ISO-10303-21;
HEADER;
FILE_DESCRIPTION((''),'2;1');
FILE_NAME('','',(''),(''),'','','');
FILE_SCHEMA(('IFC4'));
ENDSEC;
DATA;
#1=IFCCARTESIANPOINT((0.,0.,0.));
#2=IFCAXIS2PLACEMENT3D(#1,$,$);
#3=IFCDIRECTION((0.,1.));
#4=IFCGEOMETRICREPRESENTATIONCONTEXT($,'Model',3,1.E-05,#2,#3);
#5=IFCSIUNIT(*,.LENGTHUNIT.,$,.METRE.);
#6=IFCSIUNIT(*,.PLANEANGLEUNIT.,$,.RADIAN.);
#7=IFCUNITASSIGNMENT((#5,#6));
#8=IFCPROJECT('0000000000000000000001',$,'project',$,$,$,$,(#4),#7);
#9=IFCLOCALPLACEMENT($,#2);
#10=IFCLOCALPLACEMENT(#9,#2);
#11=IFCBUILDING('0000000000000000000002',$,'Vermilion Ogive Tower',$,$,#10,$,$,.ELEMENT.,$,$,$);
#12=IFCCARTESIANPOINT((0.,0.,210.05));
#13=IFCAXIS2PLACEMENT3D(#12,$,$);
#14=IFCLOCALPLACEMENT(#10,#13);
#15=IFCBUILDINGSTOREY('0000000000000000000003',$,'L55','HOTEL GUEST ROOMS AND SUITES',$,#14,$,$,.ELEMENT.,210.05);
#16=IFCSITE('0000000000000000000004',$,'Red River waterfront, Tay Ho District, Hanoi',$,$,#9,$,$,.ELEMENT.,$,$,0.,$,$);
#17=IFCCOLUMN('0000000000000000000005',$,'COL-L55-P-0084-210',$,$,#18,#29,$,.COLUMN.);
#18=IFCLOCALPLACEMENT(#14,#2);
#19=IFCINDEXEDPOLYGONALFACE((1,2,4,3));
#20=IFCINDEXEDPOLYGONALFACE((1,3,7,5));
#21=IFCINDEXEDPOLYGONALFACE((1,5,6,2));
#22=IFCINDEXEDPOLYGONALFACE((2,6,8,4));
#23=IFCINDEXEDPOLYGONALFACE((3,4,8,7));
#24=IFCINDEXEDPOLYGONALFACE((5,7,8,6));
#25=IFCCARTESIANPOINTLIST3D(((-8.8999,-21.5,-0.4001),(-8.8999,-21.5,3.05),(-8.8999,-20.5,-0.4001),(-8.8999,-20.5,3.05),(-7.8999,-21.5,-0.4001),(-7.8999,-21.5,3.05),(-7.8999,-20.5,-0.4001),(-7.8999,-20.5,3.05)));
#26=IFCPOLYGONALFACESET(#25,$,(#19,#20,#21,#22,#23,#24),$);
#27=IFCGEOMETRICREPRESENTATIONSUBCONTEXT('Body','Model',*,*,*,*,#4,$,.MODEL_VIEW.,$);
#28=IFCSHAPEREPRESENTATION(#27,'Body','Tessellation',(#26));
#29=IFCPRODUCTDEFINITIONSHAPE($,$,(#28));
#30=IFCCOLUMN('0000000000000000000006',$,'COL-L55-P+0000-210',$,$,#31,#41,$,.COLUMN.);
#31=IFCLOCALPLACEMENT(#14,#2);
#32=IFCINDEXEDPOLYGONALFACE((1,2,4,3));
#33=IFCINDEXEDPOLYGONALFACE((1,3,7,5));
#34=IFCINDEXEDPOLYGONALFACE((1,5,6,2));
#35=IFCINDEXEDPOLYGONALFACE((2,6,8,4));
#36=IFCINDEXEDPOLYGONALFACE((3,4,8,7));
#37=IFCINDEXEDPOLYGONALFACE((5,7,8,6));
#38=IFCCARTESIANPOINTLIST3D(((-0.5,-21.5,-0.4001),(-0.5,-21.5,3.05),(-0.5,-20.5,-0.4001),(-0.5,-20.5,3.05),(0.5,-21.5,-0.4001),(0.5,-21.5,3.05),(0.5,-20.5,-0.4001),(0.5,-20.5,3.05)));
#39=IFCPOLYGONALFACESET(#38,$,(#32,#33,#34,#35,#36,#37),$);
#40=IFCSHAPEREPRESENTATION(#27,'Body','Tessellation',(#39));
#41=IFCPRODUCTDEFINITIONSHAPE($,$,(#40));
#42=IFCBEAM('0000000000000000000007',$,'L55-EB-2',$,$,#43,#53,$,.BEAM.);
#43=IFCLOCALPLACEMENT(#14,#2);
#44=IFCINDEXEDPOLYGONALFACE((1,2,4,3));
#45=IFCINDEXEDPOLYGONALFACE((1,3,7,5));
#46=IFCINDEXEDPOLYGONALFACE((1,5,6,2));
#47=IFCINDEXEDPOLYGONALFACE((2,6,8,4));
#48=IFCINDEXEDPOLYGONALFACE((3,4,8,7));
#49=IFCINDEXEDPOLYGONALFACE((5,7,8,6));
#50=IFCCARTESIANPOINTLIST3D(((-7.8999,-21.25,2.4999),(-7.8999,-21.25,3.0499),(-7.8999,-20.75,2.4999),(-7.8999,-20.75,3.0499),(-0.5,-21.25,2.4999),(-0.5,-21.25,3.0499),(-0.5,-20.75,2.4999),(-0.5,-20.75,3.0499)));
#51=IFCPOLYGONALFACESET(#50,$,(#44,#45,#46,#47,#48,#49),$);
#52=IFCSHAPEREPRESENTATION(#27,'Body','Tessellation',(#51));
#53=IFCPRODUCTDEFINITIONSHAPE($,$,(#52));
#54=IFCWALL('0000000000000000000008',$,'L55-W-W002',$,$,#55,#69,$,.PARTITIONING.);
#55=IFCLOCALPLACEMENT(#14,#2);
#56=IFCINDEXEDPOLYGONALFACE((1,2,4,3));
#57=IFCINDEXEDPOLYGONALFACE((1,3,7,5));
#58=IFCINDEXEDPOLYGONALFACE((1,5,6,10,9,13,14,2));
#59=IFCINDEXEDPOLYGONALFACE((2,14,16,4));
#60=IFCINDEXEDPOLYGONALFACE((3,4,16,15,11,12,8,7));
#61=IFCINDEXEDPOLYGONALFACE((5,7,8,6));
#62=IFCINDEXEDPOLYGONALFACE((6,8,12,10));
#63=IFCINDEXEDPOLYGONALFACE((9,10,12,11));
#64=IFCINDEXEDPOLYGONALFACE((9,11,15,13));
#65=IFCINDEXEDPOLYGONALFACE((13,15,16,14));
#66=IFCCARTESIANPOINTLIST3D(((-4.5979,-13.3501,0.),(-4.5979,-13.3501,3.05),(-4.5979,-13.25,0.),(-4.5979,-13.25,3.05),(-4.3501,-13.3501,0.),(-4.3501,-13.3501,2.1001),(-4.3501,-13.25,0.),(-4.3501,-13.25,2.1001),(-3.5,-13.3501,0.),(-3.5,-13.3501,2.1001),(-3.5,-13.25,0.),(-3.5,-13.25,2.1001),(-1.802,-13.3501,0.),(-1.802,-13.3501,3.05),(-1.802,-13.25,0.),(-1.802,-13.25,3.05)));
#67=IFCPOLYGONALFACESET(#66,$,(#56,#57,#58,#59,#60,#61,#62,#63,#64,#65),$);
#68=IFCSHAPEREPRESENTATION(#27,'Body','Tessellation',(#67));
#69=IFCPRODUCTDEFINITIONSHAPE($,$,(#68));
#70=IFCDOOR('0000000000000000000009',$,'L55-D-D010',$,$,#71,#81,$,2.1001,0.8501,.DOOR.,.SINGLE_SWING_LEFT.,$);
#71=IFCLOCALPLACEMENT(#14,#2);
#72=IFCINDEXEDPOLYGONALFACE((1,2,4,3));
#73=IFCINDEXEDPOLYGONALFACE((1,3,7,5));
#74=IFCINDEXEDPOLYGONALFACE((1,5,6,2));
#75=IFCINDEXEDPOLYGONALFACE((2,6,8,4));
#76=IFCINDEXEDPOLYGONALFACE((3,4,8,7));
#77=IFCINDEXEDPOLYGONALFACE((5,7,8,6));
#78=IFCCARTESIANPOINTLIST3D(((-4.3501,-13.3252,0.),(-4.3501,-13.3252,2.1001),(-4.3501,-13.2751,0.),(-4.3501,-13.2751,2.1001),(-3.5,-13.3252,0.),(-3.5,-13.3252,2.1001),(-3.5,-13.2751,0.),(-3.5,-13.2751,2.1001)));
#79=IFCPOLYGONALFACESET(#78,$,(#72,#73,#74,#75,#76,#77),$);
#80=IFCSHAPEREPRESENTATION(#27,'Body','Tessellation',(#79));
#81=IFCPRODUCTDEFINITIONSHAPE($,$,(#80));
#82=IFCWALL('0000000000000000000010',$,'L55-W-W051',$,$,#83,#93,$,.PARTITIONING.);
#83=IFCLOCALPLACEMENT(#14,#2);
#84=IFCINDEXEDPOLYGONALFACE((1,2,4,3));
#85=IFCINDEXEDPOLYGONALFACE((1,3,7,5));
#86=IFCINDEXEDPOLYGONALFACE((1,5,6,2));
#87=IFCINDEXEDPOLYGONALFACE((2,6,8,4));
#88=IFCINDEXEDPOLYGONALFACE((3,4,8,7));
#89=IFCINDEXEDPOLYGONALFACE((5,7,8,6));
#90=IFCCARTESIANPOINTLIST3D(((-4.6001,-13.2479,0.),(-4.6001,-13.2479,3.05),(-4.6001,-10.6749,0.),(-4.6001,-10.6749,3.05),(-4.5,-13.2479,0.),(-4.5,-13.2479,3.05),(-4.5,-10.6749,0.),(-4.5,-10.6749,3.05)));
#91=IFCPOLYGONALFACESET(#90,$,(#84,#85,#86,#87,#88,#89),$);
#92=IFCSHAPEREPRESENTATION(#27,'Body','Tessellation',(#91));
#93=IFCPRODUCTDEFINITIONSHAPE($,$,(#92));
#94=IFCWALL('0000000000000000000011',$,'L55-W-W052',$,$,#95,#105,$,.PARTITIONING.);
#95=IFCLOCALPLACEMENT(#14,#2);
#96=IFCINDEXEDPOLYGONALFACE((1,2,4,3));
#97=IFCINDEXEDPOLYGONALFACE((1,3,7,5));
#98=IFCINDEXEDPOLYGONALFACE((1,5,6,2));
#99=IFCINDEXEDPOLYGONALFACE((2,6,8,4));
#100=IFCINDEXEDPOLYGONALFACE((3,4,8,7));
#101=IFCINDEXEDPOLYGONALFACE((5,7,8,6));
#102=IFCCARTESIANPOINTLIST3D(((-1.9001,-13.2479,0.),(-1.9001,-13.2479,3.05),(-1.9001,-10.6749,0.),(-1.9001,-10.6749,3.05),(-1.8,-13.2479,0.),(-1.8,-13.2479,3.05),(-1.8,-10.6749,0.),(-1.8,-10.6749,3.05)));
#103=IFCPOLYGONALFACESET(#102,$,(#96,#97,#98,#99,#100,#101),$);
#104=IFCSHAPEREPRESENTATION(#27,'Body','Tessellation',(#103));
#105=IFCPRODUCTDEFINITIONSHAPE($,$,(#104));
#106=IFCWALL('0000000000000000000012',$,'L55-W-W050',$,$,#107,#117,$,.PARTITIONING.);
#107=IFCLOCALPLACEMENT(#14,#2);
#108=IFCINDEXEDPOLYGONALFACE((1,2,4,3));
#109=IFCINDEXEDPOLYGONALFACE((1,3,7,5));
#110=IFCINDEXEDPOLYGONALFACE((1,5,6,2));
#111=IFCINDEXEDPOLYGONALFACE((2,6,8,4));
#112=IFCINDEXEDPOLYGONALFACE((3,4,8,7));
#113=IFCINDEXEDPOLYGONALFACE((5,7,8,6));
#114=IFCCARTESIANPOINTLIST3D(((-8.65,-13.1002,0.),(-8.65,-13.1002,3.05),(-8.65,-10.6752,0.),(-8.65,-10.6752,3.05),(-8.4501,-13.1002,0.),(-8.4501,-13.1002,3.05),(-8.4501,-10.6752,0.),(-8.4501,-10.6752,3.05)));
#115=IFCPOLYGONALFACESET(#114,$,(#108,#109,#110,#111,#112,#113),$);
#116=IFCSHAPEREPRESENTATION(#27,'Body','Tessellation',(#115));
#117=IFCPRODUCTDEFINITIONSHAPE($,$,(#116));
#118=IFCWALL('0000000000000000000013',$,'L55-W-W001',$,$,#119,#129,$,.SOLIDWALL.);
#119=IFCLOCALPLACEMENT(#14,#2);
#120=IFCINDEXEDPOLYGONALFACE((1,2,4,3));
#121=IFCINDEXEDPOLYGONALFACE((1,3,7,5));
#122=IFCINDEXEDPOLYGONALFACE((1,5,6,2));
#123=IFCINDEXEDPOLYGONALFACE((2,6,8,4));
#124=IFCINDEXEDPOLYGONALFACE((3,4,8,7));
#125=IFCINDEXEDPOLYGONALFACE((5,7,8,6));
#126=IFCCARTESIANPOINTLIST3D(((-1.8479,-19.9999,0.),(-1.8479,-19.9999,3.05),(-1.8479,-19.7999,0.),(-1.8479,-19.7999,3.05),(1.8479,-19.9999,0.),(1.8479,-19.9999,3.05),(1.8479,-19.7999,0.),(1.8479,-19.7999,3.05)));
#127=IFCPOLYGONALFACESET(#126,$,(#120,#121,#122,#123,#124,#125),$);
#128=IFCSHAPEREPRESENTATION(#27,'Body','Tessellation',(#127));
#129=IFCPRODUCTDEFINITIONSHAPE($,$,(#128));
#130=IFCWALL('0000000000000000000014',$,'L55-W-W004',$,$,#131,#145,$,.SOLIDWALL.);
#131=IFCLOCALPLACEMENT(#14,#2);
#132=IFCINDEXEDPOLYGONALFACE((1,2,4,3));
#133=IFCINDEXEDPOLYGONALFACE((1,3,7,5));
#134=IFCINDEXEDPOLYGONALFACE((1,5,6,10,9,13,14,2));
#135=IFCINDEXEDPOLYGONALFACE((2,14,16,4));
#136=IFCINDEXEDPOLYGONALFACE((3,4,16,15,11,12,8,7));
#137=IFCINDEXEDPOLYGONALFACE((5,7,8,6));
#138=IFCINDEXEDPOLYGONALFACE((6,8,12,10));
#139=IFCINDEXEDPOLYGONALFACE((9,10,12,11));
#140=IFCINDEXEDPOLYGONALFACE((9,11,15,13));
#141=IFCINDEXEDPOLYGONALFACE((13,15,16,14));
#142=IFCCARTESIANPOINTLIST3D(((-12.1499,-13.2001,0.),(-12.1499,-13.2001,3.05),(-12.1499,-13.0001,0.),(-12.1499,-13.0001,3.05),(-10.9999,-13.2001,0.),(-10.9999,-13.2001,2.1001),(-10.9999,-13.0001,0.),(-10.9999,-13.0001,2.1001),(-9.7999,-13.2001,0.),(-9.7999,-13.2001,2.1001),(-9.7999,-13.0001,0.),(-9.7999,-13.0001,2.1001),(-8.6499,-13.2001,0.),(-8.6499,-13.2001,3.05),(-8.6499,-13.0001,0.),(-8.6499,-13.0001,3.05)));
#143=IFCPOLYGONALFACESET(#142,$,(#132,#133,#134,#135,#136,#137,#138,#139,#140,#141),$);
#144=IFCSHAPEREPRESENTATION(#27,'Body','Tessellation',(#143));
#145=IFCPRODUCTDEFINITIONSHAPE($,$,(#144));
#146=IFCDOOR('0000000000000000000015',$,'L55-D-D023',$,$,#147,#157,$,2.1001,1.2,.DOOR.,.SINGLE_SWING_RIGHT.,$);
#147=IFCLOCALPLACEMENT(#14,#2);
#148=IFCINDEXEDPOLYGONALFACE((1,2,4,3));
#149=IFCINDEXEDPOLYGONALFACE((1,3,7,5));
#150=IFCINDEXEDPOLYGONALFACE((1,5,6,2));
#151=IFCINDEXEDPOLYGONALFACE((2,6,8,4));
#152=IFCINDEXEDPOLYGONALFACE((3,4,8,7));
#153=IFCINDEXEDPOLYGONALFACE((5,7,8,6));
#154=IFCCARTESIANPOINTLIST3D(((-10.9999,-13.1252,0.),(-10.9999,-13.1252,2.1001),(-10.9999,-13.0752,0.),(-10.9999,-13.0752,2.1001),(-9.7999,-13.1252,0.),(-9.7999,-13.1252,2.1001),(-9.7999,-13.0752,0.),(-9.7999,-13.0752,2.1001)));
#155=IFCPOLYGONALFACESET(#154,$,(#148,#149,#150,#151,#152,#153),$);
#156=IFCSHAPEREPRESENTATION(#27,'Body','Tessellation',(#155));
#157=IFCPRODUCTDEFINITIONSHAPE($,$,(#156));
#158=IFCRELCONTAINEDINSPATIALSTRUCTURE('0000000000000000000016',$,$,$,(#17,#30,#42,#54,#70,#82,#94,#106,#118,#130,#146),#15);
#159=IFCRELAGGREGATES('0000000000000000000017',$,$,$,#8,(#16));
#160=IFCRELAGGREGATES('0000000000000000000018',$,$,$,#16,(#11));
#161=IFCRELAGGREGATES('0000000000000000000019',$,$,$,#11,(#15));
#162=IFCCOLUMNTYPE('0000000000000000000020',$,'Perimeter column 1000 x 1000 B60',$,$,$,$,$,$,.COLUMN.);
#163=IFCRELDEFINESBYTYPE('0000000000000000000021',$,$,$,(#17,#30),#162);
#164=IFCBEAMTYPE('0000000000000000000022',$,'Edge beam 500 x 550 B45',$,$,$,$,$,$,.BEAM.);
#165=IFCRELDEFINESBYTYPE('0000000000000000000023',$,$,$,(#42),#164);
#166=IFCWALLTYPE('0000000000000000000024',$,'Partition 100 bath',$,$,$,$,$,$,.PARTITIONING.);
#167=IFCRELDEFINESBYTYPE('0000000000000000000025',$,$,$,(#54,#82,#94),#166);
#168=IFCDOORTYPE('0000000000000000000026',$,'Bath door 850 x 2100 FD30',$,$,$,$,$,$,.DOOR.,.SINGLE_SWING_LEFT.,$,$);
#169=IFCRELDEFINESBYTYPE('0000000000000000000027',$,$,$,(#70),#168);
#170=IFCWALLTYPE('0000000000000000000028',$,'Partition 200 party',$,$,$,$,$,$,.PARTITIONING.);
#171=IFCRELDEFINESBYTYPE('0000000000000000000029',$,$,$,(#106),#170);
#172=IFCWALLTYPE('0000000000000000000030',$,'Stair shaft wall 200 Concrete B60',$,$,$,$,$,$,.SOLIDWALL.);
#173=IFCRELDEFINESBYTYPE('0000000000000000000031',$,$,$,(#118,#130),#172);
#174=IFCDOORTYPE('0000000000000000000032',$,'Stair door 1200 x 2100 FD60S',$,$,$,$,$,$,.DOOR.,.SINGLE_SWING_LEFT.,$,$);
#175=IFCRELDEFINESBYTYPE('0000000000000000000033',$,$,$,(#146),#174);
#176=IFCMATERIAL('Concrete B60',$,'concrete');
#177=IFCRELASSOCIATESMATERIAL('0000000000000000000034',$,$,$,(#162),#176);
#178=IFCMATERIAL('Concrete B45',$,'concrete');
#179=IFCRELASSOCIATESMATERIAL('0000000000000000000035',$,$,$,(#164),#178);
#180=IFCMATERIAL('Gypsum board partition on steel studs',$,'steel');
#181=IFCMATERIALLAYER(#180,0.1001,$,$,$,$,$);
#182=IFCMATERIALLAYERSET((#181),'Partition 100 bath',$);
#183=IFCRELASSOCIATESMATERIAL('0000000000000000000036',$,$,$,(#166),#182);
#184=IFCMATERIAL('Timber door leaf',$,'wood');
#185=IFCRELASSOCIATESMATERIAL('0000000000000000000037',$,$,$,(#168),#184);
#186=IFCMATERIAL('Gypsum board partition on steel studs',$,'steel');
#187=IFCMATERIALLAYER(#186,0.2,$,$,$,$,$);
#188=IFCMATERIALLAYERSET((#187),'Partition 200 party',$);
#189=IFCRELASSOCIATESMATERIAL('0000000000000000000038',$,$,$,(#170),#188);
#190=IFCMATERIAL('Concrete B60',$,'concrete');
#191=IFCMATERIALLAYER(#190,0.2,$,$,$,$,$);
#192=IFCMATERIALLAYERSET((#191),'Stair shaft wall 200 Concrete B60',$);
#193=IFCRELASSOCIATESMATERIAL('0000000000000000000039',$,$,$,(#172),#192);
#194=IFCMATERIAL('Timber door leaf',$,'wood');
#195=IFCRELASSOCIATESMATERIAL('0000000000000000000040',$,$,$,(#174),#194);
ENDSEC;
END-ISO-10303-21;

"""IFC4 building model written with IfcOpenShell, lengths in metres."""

from ifc_helpers import new_model, si_unit, direction, frame, frame_2d, origin, origin_2d, place, context, subcontext, project, spatial, rectangle, extrude, material, layer, layer_set, material_profile, profile_set, type_object, element, fill, save


model = new_model("IFC4")

# Units and contexts
model_context = context("Model", 3, precision=1e-05, world=origin(), true_north=direction((0.0, 1.0)))
body_context = subcontext(model_context, "Body", "Model", "MODEL_VIEW")
ifc_project = project(units=[si_unit("LENGTHUNIT", "METRE"), si_unit("PLANEANGLEUNIT", "RADIAN")], contexts=[model_context])

# Site, building, storey
site_placement = place(None, origin())
site = spatial("IfcSite", under=ifc_project, at=site_placement, Name="Red River waterfront, Tay Ho District, Hanoi", CompositionType="ELEMENT", RefElevation=0.0)
building_placement = place(site_placement, origin())
building = spatial("IfcBuilding", under=site, at=building_placement, Name="Vermilion Ogive Tower", CompositionType="ELEMENT")
storey_placement = place(building_placement, frame((0.0, 0.0, 210.05)))
storey = spatial("IfcBuildingStorey", under=building, at=storey_placement, Name="L55", Description="HOTEL GUEST ROOMS AND SUITES", CompositionType="ELEMENT", Elevation=210.05)

# Columns
ifc_material_1 = material(Name="Concrete B60", Category="concrete")
ifc_material_profile_1 = material_profile(ifc_material_1, rectangle(XDim=1.0, YDim=1.0, at=origin_2d()), Name="1000 x 1000")
ifc_profile_set_1 = profile_set([ifc_material_profile_1], Name="Concrete B60")
column_type = type_object("IfcColumnType", Name="Perimeter column 1000 x 1000 B60", PredefinedType="COLUMN", material=ifc_profile_set_1)
for number, where, z_axis, x_axis, name in (
    (1, (-8.3999, -21.0, -0.4001), (0.0, 0.0, 1.0), (1.0, 0.0, 0.0), "COL-L55-P-0084-210"),
    (2, (0.0, -21.0, -0.4001), (0.0, 0.0, 1.0), (1.0, 0.0, 0.0), "COL-L55-P+0000-210"),
):
    element("IfcColumn", number, at=place(storey_placement, frame(where, z_axis=z_axis, x_axis=x_axis)), inside=storey, type_object=column_type, Name=name, PredefinedType="COLUMN", context=body_context, shape_type="SweptSolid", body=[
        extrude(rectangle(XDim=1.0, YDim=1.0, at=origin_2d()), origin(), (0.0, 0.0, 1.0), 3.4502),
    ])

# Beam
ifc_material_2 = material(Name="Concrete B45", Category="concrete")
ifc_material_profile_2 = material_profile(ifc_material_2, rectangle(XDim=0.5, YDim=0.55, at=origin_2d()), Name="500 x 550")
ifc_profile_set_2 = profile_set([ifc_material_profile_2], Name="Concrete B45")
beam_type = type_object("IfcBeamType", Name="Edge beam 500 x 550 B45", PredefinedType="BEAM", material=ifc_profile_set_2)
beam_placement = place(storey_placement, frame((-7.8999, -21.0, 2.7749), z_axis=(1.0, 0.0, 0.0), x_axis=(0.0, 1.0, 0.0)))
element("IfcBeam", 3, at=beam_placement, inside=storey, type_object=beam_type, Name="L55-EB-2", PredefinedType="BEAM", context=body_context, shape_type="SweptSolid", body=[
    extrude(rectangle(XDim=0.5, YDim=0.55, at=origin_2d()), origin(), (0.0, 0.0, 1.0), 7.3999),
])

# Wall, opening, door
ifc_material_3 = material(Name="Gypsum board partition on steel studs", Category="steel")
ifc_layer_1 = layer(ifc_material_3, 0.1001)
ifc_layer_set_1 = layer_set([ifc_layer_1], Name="Partition 100 bath")
wall_type_1 = type_object("IfcWallType", Name="Partition 100 bath", PredefinedType="PARTITIONING", material=ifc_layer_set_1)
wall_1_placement = place(storey_placement, frame((-4.5979, -13.3, 0.0), z_axis=(0.0, 0.0, 1.0), x_axis=(1.0, 0.0, 0.0)))
wall_1 = element("IfcWall", 4, at=wall_1_placement, inside=storey, type_object=wall_type_1, Name="L55-W-W002", PredefinedType="PARTITIONING", context=body_context, shape_type="SweptSolid", body=[
    extrude(rectangle(XDim=2.7959, YDim=0.1001, at=frame_2d((1.3979, 0.0))), origin(), (0.0, 0.0, 1.0), 3.05),
])
opening_1_placement = place(wall_1_placement, frame((0.2478, 0.0, 0.0)))
opening_1 = element("IfcOpeningElement", 5, at=opening_1_placement, cuts=wall_1, PredefinedType="OPENING", context=body_context, shape_type="SweptSolid", body=[
    extrude(rectangle(XDim=0.8501, YDim=2.1001, at=frame_2d((0.425, 1.05))), frame((0.0, 0.0601, 0.0), z_axis=(0.0, -1.0, 0.0), x_axis=(1.0, 0.0, 0.0)), (0.0, 0.0, 1.0), 0.1201),
])
ifc_material_4 = material(Name="Timber door leaf", Category="wood")
door_type_1 = type_object("IfcDoorType", Name="Bath door 850 x 2100 FD30", OperationType="SINGLE_SWING_LEFT", PredefinedType="DOOR", material=ifc_material_4)
door_1_placement = place(opening_1_placement, origin())
door_1 = element("IfcDoor", 6, at=door_1_placement, inside=storey, type_object=door_type_1, Name="L55-D-D010", OperationType="SINGLE_SWING_LEFT", OverallHeight=2.1001, OverallWidth=0.8501, PredefinedType="DOOR", context=body_context, shape_type="SweptSolid", body=[
    extrude(rectangle(XDim=0.8501, YDim=2.1001, at=frame_2d((0.425, 1.05))), frame((0.0, 0.0249, 0.0), z_axis=(0.0, -1.0, 0.0), x_axis=(1.0, 0.0, 0.0)), (0.0, 0.0, 1.0), 0.05),
])
fill(opening_1, door_1)

# Walls
for number, where, z_axis, x_axis, name in (
    (7, (-4.55, -13.248, 0.0), (0.0, 0.0, 1.0), (0.0, 1.0, 0.0), "L55-W-W051"),
    (8, (-1.8501, -13.248, 0.0), (0.0, 0.0, 1.0), (0.0, 1.0, 0.0), "L55-W-W052"),
):
    element("IfcWall", number, at=place(storey_placement, frame(where, z_axis=z_axis, x_axis=x_axis)), inside=storey, type_object=wall_type_1, Name=name, PredefinedType="PARTITIONING", context=body_context, shape_type="SweptSolid", body=[
        extrude(rectangle(XDim=2.573, YDim=0.1001, at=frame_2d((1.2866, 0.0))), origin(), (0.0, 0.0, 1.0), 3.05),
    ])
ifc_material_5 = material(Name="Gypsum board partition on steel studs", Category="steel")
ifc_layer_2 = layer(ifc_material_5, 0.2)
ifc_layer_set_2 = layer_set([ifc_layer_2], Name="Partition 200 party")
wall_type_2 = type_object("IfcWallType", Name="Partition 200 party", PredefinedType="PARTITIONING", material=ifc_layer_set_2)
wall_2_placement = place(storey_placement, frame((-8.55, -13.1001, 0.0), z_axis=(0.0, 0.0, 1.0), x_axis=(0.0, 1.0, 0.0)))
element("IfcWall", 9, at=wall_2_placement, inside=storey, type_object=wall_type_2, Name="L55-W-W050", PredefinedType="PARTITIONING", context=body_context, shape_type="SweptSolid", body=[
    extrude(rectangle(XDim=2.425, YDim=0.2, at=frame_2d((1.2124, 0.0))), origin(), (0.0, 0.0, 1.0), 3.05),
])
ifc_material_6 = material(Name="Concrete B60", Category="concrete")
ifc_layer_3 = layer(ifc_material_6, 0.2)
ifc_layer_set_3 = layer_set([ifc_layer_3], Name="Stair shaft wall 200 Concrete B60")
wall_type_3 = type_object("IfcWallType", Name="Stair shaft wall 200 Concrete B60", PredefinedType="SOLIDWALL", material=ifc_layer_set_3)
wall_3_placement = place(storey_placement, frame((-1.8479, -19.8999, 0.0), z_axis=(0.0, 0.0, 1.0), x_axis=(1.0, 0.0, 0.0)))
element("IfcWall", 10, at=wall_3_placement, inside=storey, type_object=wall_type_3, Name="L55-W-W001", PredefinedType="SOLIDWALL", context=body_context, shape_type="SweptSolid", body=[
    extrude(rectangle(XDim=3.6958, YDim=0.2, at=frame_2d((1.8479, 0.0))), origin(), (0.0, 0.0, 1.0), 3.05),
])

# Wall, opening, door
wall_4_placement = place(storey_placement, frame((-12.1499, -13.1001, 0.0), z_axis=(0.0, 0.0, 1.0), x_axis=(1.0, 0.0, 0.0)))
wall_4 = element("IfcWall", 11, at=wall_4_placement, inside=storey, type_object=wall_type_3, Name="L55-W-W004", PredefinedType="SOLIDWALL", context=body_context, shape_type="SweptSolid", body=[
    extrude(rectangle(XDim=3.5, YDim=0.2, at=frame_2d((1.75, 0.0))), origin(), (0.0, 0.0, 1.0), 3.05),
])
opening_2_placement = place(wall_4_placement, frame((1.1499, 0.0, 0.0)))
opening_2 = element("IfcOpeningElement", 12, at=opening_2_placement, cuts=wall_4, PredefinedType="OPENING", context=body_context, shape_type="SweptSolid", body=[
    extrude(rectangle(XDim=1.2, YDim=2.1001, at=frame_2d((0.6001, 1.05))), frame((0.0, 0.1099, 0.0), z_axis=(0.0, -1.0, 0.0), x_axis=(1.0, 0.0, 0.0)), (0.0, 0.0, 1.0), 0.22),
])
ifc_material_7 = material(Name="Timber door leaf", Category="wood")
door_type_2 = type_object("IfcDoorType", Name="Stair door 1200 x 2100 FD60S", OperationType="SINGLE_SWING_LEFT", PredefinedType="DOOR", material=ifc_material_7)
door_2_placement = place(opening_2_placement, origin())
door_2 = element("IfcDoor", 13, at=door_2_placement, inside=storey, type_object=door_type_2, Name="L55-D-D023", OperationType="SINGLE_SWING_RIGHT", OverallHeight=2.1001, OverallWidth=1.2, PredefinedType="DOOR", context=body_context, shape_type="SweptSolid", body=[
    extrude(rectangle(XDim=1.2, YDim=2.1001, at=frame_2d((0.6001, 1.05))), frame((0.0, 0.0249, 0.0), z_axis=(0.0, -1.0, 0.0), x_axis=(1.0, 0.0, 0.0)), (0.0, 0.0, 1.0), 0.05),
])
fill(opening_2, door_2)

save(model, "model.ifc")
